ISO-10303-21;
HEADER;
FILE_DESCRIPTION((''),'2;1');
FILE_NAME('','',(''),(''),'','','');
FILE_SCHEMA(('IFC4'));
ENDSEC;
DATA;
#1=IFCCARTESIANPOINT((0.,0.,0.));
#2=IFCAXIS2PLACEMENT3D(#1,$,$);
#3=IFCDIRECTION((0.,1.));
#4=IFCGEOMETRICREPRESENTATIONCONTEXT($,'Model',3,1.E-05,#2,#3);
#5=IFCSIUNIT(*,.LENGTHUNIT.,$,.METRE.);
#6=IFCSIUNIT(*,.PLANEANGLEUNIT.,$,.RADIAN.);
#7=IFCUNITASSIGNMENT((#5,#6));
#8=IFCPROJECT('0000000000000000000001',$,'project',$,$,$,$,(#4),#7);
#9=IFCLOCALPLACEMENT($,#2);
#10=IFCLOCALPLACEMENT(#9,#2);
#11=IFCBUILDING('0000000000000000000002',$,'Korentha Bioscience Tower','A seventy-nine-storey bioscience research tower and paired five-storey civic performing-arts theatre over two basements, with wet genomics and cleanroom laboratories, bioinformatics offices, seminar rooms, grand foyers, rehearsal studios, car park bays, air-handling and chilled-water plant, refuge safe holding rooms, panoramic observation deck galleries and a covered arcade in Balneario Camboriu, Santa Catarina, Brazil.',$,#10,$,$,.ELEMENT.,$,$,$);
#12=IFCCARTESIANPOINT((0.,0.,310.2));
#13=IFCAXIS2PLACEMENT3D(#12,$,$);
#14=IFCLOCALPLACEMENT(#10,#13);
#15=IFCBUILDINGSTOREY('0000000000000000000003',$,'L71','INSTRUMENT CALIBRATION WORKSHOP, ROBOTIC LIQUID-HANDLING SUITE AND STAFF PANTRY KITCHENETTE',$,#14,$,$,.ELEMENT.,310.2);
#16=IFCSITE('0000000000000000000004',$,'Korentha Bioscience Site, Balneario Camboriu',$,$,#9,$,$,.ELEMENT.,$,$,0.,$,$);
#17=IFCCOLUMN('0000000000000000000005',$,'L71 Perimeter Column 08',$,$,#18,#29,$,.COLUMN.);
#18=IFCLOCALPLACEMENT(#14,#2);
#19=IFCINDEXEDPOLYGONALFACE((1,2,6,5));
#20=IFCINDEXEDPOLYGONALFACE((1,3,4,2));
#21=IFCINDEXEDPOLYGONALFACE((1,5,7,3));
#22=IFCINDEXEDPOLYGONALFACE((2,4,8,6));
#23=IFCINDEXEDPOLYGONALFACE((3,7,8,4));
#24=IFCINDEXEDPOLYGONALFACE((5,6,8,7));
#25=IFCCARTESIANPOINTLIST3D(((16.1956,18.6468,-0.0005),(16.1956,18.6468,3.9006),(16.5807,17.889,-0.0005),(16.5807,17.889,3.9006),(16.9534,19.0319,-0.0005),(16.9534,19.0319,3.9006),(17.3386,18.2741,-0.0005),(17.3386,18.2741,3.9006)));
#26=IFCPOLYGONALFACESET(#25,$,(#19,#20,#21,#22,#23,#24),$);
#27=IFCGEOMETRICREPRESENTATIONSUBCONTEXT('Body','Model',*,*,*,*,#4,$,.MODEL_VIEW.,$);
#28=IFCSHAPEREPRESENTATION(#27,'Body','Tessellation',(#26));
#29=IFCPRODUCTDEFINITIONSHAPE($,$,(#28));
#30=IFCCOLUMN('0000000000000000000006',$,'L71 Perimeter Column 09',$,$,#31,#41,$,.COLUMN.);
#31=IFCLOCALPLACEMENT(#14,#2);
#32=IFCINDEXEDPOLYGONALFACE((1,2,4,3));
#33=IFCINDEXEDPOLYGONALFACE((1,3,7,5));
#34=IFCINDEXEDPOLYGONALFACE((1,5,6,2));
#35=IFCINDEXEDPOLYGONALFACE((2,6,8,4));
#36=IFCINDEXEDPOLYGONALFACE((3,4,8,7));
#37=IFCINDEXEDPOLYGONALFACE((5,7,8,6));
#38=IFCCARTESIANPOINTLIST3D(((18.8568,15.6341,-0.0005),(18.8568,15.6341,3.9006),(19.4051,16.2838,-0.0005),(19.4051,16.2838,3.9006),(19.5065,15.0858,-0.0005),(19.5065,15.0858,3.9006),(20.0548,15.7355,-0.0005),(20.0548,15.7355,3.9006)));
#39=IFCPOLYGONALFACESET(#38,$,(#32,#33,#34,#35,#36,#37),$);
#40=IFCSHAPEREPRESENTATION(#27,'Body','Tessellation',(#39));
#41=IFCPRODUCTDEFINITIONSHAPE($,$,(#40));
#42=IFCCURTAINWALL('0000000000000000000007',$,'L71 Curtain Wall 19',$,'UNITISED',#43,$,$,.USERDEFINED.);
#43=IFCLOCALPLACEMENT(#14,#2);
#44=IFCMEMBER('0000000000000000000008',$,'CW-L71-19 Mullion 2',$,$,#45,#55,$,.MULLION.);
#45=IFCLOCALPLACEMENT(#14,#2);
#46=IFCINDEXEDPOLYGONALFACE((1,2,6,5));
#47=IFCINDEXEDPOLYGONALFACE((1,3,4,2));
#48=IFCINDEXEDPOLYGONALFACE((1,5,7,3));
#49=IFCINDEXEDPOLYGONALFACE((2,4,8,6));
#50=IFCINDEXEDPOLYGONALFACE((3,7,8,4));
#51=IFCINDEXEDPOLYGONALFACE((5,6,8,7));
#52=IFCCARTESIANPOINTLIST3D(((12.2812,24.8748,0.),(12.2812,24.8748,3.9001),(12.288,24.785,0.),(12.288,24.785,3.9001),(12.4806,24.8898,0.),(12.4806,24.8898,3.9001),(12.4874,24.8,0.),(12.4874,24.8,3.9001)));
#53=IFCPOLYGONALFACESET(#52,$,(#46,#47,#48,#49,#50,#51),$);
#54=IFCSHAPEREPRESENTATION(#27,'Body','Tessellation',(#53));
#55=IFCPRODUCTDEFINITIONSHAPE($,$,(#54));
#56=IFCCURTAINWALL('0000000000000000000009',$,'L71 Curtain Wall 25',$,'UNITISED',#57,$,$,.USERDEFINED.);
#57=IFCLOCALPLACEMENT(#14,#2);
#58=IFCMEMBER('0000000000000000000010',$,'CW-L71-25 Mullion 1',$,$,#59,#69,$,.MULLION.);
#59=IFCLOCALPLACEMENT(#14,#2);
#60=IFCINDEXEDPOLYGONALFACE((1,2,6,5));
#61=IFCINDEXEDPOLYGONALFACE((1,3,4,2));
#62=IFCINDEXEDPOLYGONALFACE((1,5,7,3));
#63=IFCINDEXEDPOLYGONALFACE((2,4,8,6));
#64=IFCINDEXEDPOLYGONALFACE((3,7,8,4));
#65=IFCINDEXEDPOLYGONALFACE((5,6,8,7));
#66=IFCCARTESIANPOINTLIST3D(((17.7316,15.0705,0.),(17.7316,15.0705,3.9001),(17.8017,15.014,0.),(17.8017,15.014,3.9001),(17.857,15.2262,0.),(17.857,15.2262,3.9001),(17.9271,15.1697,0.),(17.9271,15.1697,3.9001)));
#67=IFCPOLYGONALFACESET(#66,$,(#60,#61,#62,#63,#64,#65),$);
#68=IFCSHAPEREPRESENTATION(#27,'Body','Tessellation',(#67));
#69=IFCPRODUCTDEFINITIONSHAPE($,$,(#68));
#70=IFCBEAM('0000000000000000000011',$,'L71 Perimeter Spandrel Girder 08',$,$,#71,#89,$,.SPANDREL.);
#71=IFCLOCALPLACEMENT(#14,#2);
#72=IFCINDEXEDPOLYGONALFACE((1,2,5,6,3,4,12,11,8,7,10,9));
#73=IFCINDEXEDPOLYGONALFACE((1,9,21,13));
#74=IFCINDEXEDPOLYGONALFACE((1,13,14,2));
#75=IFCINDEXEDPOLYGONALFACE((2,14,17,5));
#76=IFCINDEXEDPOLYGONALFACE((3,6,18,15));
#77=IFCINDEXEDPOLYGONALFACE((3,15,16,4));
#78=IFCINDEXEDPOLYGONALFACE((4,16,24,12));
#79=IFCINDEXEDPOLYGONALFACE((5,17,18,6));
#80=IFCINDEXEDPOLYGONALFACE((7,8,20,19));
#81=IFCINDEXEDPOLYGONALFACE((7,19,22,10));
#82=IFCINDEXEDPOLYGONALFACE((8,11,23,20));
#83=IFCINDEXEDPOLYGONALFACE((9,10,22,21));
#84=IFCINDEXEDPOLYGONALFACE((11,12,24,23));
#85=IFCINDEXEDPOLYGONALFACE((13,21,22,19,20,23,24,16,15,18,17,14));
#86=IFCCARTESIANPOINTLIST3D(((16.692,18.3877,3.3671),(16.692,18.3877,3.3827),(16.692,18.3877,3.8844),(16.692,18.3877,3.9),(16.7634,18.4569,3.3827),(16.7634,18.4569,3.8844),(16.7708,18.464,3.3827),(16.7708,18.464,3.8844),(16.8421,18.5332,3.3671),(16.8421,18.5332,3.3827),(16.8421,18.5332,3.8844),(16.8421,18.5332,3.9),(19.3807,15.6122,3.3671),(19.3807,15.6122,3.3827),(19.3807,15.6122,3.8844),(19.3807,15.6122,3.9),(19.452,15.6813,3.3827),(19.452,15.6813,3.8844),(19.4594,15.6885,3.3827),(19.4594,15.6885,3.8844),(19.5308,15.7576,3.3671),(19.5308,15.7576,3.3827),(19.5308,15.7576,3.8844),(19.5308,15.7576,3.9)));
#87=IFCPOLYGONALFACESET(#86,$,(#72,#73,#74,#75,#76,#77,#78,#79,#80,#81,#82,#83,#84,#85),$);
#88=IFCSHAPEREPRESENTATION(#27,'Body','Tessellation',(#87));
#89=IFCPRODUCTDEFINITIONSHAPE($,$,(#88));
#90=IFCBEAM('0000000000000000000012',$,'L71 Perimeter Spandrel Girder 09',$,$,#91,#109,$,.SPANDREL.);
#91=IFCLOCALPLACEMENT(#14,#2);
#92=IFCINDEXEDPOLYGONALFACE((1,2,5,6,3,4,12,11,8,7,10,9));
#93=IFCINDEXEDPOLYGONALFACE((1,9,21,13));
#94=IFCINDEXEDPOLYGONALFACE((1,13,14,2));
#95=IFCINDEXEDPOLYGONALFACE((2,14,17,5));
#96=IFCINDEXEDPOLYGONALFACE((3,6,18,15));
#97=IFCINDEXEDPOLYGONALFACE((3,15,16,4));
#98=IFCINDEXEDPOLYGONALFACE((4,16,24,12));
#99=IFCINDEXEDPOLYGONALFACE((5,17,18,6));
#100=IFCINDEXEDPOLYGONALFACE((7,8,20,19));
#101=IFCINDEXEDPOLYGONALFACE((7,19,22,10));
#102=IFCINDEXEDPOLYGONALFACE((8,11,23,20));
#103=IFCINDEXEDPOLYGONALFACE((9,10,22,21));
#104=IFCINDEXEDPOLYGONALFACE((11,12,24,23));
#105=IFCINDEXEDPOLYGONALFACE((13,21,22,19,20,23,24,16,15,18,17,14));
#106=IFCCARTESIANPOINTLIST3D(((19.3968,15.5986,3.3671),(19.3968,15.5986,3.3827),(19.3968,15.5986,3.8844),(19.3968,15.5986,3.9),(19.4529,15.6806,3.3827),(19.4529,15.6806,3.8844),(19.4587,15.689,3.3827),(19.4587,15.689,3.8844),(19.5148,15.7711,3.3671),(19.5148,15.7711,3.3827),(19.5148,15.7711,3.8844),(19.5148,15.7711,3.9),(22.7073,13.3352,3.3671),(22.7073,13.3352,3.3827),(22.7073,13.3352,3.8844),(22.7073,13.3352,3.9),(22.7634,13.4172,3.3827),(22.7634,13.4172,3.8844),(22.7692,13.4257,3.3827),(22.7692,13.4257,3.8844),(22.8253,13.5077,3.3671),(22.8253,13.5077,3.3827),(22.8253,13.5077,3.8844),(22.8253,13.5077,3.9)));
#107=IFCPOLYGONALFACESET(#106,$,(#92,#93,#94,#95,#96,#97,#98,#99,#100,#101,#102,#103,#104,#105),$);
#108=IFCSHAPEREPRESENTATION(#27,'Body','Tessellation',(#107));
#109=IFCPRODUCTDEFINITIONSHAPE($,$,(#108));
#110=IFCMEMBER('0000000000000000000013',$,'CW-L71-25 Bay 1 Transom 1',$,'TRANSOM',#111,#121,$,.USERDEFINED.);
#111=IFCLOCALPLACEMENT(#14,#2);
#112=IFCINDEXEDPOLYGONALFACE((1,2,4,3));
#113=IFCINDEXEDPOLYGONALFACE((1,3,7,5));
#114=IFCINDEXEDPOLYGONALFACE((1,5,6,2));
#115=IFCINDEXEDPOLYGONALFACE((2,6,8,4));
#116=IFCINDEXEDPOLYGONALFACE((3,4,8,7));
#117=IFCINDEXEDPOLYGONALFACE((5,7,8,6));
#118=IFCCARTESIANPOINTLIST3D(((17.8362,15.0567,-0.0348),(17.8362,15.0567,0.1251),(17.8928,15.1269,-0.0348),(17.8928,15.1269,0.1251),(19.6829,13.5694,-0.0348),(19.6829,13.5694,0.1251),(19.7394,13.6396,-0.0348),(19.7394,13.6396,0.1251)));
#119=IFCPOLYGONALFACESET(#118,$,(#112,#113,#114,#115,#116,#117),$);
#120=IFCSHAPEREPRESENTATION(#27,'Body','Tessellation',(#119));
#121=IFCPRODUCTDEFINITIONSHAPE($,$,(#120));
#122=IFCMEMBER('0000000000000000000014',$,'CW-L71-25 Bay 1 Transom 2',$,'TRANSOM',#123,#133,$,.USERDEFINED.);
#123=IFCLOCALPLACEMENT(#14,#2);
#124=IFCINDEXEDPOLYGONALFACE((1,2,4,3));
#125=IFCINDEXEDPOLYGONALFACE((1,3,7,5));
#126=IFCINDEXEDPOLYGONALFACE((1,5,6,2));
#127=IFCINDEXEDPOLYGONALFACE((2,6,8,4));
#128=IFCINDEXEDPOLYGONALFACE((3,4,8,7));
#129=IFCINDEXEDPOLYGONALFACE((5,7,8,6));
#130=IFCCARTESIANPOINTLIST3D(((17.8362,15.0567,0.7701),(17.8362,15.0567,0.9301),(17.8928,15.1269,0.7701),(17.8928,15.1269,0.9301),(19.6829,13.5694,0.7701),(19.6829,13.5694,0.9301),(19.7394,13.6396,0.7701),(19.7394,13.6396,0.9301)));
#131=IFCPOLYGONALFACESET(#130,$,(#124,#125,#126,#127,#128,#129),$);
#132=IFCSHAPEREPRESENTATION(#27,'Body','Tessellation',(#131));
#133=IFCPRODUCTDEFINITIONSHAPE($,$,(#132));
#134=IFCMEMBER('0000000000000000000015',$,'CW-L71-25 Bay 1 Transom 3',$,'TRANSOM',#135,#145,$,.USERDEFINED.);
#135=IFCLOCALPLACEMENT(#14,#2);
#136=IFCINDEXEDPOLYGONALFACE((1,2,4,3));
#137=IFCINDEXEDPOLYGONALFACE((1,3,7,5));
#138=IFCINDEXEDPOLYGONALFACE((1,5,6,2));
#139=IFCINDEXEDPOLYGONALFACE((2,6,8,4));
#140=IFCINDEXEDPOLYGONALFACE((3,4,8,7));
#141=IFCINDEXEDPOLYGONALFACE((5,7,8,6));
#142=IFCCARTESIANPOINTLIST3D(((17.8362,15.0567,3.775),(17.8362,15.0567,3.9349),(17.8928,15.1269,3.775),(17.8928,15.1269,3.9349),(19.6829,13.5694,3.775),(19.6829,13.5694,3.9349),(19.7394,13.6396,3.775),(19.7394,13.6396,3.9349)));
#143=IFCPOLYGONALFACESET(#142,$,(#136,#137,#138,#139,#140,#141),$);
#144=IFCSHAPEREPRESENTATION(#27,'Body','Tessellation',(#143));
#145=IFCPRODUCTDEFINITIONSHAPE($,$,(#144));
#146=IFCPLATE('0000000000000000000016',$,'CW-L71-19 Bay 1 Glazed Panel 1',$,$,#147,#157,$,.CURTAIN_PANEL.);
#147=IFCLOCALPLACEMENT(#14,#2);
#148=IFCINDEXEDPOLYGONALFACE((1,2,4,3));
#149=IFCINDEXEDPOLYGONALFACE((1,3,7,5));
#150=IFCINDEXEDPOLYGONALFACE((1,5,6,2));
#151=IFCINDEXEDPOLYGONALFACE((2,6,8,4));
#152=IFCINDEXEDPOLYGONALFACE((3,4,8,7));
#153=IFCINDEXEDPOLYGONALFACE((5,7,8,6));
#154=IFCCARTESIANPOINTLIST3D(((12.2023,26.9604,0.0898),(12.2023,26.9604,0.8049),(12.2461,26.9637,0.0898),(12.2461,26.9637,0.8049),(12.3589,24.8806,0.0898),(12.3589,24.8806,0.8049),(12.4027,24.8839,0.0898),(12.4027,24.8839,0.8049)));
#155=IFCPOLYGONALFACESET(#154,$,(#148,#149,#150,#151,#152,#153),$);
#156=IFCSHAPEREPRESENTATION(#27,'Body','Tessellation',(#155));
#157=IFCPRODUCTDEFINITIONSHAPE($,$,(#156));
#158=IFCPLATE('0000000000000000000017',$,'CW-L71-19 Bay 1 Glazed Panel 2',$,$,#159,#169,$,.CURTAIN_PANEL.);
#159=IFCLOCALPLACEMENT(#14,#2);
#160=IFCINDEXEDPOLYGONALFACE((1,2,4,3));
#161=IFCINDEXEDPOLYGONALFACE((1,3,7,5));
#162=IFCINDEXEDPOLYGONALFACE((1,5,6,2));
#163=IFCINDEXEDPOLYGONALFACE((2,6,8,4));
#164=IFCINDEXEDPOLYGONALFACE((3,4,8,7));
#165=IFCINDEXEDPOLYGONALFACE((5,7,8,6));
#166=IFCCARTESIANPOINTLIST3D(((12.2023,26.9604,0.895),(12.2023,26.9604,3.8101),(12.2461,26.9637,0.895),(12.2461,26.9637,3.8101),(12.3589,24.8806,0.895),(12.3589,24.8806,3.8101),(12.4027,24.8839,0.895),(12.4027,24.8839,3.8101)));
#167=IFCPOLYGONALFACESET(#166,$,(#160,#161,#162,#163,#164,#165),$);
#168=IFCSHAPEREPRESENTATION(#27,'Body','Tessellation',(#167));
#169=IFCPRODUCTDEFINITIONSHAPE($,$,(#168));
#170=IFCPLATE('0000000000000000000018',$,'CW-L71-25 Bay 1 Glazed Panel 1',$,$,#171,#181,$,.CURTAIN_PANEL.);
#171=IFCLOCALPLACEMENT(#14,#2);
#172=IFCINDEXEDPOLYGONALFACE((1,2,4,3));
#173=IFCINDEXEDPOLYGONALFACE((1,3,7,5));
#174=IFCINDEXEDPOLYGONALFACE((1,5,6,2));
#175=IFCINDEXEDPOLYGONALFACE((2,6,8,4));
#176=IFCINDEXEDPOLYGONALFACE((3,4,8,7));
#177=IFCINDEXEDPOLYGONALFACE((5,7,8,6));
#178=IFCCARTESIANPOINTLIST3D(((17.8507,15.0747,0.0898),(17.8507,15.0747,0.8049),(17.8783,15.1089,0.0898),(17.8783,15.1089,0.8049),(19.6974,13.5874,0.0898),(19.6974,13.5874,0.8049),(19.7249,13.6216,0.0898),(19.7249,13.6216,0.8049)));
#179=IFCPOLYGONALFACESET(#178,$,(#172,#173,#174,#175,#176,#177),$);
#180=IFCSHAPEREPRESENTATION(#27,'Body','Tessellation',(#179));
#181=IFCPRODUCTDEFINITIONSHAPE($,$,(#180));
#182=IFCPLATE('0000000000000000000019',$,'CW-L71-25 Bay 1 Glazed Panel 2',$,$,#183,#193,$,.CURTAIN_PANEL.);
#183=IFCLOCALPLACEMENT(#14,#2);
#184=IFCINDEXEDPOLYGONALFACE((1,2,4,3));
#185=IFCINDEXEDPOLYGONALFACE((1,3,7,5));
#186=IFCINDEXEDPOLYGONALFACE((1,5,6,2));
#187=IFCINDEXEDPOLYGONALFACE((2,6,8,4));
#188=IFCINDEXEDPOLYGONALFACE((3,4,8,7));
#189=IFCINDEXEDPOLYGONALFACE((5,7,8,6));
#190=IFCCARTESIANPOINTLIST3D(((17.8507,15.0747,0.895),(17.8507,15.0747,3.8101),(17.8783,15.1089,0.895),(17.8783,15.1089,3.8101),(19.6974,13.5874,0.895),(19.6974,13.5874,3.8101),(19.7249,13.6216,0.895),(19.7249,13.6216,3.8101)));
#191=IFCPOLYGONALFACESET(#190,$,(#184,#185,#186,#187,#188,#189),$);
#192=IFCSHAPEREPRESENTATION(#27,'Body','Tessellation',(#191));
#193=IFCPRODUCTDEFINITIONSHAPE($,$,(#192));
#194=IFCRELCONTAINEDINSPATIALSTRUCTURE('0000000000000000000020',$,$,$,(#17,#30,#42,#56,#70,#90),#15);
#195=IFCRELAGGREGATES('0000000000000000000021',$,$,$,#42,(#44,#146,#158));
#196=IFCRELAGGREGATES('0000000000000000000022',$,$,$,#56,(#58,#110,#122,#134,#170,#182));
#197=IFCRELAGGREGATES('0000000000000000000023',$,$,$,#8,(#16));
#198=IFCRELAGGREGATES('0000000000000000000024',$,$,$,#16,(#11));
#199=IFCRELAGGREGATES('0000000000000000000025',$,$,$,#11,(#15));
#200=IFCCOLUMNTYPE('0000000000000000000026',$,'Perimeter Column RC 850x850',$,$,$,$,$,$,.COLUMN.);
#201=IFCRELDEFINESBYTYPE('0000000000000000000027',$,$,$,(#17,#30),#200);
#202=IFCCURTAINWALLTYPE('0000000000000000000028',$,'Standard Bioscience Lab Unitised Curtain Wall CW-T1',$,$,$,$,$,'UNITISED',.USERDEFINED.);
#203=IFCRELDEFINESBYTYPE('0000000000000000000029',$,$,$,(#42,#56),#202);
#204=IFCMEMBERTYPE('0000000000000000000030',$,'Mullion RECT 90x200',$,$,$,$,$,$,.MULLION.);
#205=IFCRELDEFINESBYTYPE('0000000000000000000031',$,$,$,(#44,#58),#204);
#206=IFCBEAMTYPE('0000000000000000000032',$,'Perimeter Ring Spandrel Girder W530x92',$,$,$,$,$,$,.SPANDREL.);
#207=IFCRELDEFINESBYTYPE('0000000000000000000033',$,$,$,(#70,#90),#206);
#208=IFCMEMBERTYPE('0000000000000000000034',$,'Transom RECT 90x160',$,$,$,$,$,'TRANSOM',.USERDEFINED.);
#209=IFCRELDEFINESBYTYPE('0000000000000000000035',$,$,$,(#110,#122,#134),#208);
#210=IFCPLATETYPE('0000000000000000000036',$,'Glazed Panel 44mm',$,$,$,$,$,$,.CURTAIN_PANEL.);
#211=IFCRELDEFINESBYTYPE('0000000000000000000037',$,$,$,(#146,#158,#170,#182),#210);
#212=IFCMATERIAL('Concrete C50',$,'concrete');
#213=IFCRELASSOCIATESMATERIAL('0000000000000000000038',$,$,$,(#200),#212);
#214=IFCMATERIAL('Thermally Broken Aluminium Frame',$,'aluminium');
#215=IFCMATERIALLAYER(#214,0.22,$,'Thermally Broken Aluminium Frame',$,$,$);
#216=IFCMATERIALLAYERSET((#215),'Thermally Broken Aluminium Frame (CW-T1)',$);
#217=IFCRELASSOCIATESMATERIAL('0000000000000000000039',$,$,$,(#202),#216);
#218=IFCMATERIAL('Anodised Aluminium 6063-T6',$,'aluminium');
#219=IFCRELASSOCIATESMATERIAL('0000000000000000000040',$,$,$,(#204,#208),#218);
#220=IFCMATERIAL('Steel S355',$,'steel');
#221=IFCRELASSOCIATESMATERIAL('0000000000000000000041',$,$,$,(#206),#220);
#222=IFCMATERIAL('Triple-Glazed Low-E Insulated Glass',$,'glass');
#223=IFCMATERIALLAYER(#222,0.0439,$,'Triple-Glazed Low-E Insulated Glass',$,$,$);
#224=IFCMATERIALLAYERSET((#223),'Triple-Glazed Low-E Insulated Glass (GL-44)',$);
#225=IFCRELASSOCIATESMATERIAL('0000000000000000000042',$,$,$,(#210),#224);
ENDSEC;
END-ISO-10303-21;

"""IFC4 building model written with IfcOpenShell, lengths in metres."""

from ifc_helpers import new_model, si_unit, direction, frame, origin, origin_2d, place, context, subcontext, project, spatial, rectangle, i_section, extrude, material, layer, layer_set, material_profile, profile_set, type_object, element, aggregate, save


model = new_model("IFC4")

# Units and contexts
model_context = context("Model", 3, precision=1e-05, world=origin(), true_north=direction((0.0, 1.0)))
body_context = subcontext(model_context, "Body", "Model", "MODEL_VIEW")
ifc_project = project(units=[si_unit("LENGTHUNIT", "METRE"), si_unit("PLANEANGLEUNIT", "RADIAN")], contexts=[model_context])

# Site, building, storey
site_placement = place(None, origin())
site = spatial("IfcSite", under=ifc_project, at=site_placement, Name="Korentha Bioscience Site, Balneario Camboriu", CompositionType="ELEMENT", RefElevation=0.0)
building_placement = place(site_placement, origin())
building = spatial("IfcBuilding", under=site, at=building_placement, Name="Korentha Bioscience Tower", Description="A seventy-nine-storey bioscience research tower and paired five-storey civic performing-arts theatre over two basements, with wet genomics and cleanroom laboratories, bioinformatics offices, seminar rooms, grand foyers, rehearsal studios, car park bays, air-handling and chilled-water plant, refuge safe holding rooms, panoramic observation deck galleries and a covered arcade in Balneario Camboriu, Santa Catarina, Brazil.", CompositionType="ELEMENT")
storey_placement = place(building_placement, frame((0.0, 0.0, 310.2)))
storey = spatial("IfcBuildingStorey", under=building, at=storey_placement, Name="L71", Description="INSTRUMENT CALIBRATION WORKSHOP, ROBOTIC LIQUID-HANDLING SUITE AND STAFF PANTRY KITCHENETTE", CompositionType="ELEMENT", Elevation=310.2)

# Columns
ifc_material_1 = material(Name="Concrete C50", Category="concrete")
ifc_material_profile_1 = material_profile(ifc_material_1, rectangle(XDim=0.8501, YDim=0.8501, at=origin_2d()), Name="Concrete C50")
ifc_profile_set_1 = profile_set([ifc_material_profile_1], Name="Concrete C50 (COL-P08)")
column_type = type_object("IfcColumnType", Name="Perimeter Column RC 850x850", PredefinedType="COLUMN", material=ifc_profile_set_1)
for number, where, z_axis, x_axis, name in (
    (1, (16.7671, 18.4604, -0.0005), (0.0, 0.0, 1.0), (-0.453057, 0.891481, 0.0), "L71 Perimeter Column 08"),
    (2, (19.4558, 15.6848, -0.0005), (0.0, 0.0, 1.0), (-0.764246, 0.644924, 0.0), "L71 Perimeter Column 09"),
):
    element("IfcColumn", number, at=place(storey_placement, frame(where, z_axis=z_axis, x_axis=x_axis)), inside=storey, type_object=column_type, Name=name, PredefinedType="COLUMN", context=body_context, shape_type="SweptSolid", body=[
        extrude(rectangle(XDim=0.8501, YDim=0.8501, at=origin_2d()), origin(), (0.0, 0.0, 1.0), 3.9011),
    ])

# Curtain walls, members
ifc_material_2 = material(Name="Thermally Broken Aluminium Frame", Category="aluminium")
ifc_layer_1 = layer(ifc_material_2, 0.22, Name="Thermally Broken Aluminium Frame")
ifc_layer_set_1 = layer_set([ifc_layer_1], Name="Thermally Broken Aluminium Frame (CW-T1)")
curtain_wall_type = type_object("IfcCurtainWallType", Name="Standard Bioscience Lab Unitised Curtain Wall CW-T1", ElementType="UNITISED", PredefinedType="USERDEFINED", material=ifc_layer_set_1)
curtain_wall_1_placement = place(storey_placement, origin())
curtain_wall_1 = element("IfcCurtainWall", 3, at=curtain_wall_1_placement, inside=storey, type_object=curtain_wall_type, Name="L71 Curtain Wall 19", ObjectType="UNITISED", PredefinedType="USERDEFINED")
ifc_material_3 = material(Name="Anodised Aluminium 6063-T6", Category="aluminium")
ifc_material_profile_2 = material_profile(ifc_material_3, rectangle(XDim=0.0901, YDim=0.2, at=origin_2d()), Name="Anodised Aluminium 6063-T6")
ifc_profile_set_2 = profile_set([ifc_material_profile_2], Name="Anodised Aluminium 6063-T6 (CW-MUL)")
member_type_1 = type_object("IfcMemberType", Name="Mullion RECT 90x200", PredefinedType="MULLION", material=ifc_profile_set_2)
member_1_placement = place(storey_placement, frame((12.3843, 24.8374, 0.0), z_axis=(0.0, 0.0, 1.0), x_axis=(0.075073, -0.997178, 0.0)))
member_1 = element("IfcMember", 4, at=member_1_placement, type_object=member_type_1, Name="CW-L71-19 Mullion 2", PredefinedType="MULLION", context=body_context, shape_type="SweptSolid", body=[
    extrude(rectangle(XDim=0.0901, YDim=0.2, at=origin_2d()), origin(), (0.0, 0.0, 1.0), 3.9001),
])
curtain_wall_2_placement = place(storey_placement, origin())
curtain_wall_2 = element("IfcCurtainWall", 5, at=curtain_wall_2_placement, inside=storey, type_object=curtain_wall_type, Name="L71 Curtain Wall 25", ObjectType="UNITISED", PredefinedType="USERDEFINED")
member_2_placement = place(storey_placement, frame((17.8293, 15.1201, 0.0), z_axis=(0.0, 0.0, 1.0), x_axis=(0.778807, -0.627264, 0.0)))
member_2 = element("IfcMember", 6, at=member_2_placement, type_object=member_type_1, Name="CW-L71-25 Mullion 1", PredefinedType="MULLION", context=body_context, shape_type="SweptSolid", body=[
    extrude(rectangle(XDim=0.0901, YDim=0.2, at=origin_2d()), origin(), (0.0, 0.0, 1.0), 3.9001),
])

# Beams
ifc_material_4 = material(Name="Steel S355", Category="steel")
ifc_material_profile_3 = material_profile(ifc_material_4, i_section(OverallWidth=0.209, OverallDepth=0.533, WebThickness=0.0103, FlangeThickness=0.0156, at=origin_2d()), Name="Steel S355")
ifc_profile_set_3 = profile_set([ifc_material_profile_3], Name="Steel S355 (SB-530)")
beam_type = type_object("IfcBeamType", Name="Perimeter Ring Spandrel Girder W530x92", PredefinedType="SPANDREL", material=ifc_profile_set_3)
beam_1_placement = place(storey_placement, frame((16.7671, 18.4604, 3.6335), z_axis=(0.695772, -0.718263, 0.0), x_axis=(0.718263, 0.695772, 0.0)))
element("IfcBeam", 7, at=beam_1_placement, inside=storey, type_object=beam_type, Name="L71 Perimeter Spandrel Girder 08", PredefinedType="SPANDREL", context=body_context, shape_type="SweptSolid", body=[
    extrude(i_section(OverallWidth=0.209, OverallDepth=0.533, WebThickness=0.0103, FlangeThickness=0.0156, at=origin_2d()), origin(), (0.0, 0.0, 1.0), 3.8643),
])
beam_2_placement = place(storey_placement, frame((19.4558, 15.6848, 3.6335), z_axis=(0.825503, -0.564398, 0.0), x_axis=(0.564398, 0.825503, 0.0)))
element("IfcBeam", 8, at=beam_2_placement, inside=storey, type_object=beam_type, Name="L71 Perimeter Spandrel Girder 09", PredefinedType="SPANDREL", context=body_context, shape_type="SweptSolid", body=[
    extrude(i_section(OverallWidth=0.209, OverallDepth=0.533, WebThickness=0.0103, FlangeThickness=0.0156, at=origin_2d()), origin(), (0.0, 0.0, 1.0), 4.0103),
])

# Members
ifc_material_profile_4 = material_profile(ifc_material_3, rectangle(XDim=0.0901, YDim=0.1599, at=origin_2d()), Name="Anodised Aluminium 6063-T6")
ifc_profile_set_4 = profile_set([ifc_material_profile_4], Name="Anodised Aluminium 6063-T6 (CW-TRN)")
member_type_2 = type_object("IfcMemberType", Name="Transom RECT 90x160", ElementType="TRANSOM", PredefinedType="USERDEFINED", material=ifc_profile_set_4)
member_3_placement = place(storey_placement, frame((17.8645, 15.0918, 0.0452), z_axis=(0.778815, -0.627253, 0.0), x_axis=(0.627253, 0.778815, 0.0)))
member_3 = element("IfcMember", 9, at=member_3_placement, type_object=member_type_2, Name="CW-L71-25 Bay 1 Transom 1", ObjectType="TRANSOM", PredefinedType="USERDEFINED", context=body_context, shape_type="SweptSolid", body=[
    extrude(rectangle(XDim=0.0901, YDim=0.1599, at=origin_2d()), origin(), (0.0, 0.0, 1.0), 2.3711),
])
member_4_placement = place(storey_placement, frame((17.8645, 15.0918, 0.8501), z_axis=(0.778815, -0.627253, 0.0), x_axis=(0.627253, 0.778815, 0.0)))
member_4 = element("IfcMember", 10, at=member_4_placement, type_object=member_type_2, Name="CW-L71-25 Bay 1 Transom 2", ObjectType="TRANSOM", PredefinedType="USERDEFINED", context=body_context, shape_type="SweptSolid", body=[
    extrude(rectangle(XDim=0.0901, YDim=0.1599, at=origin_2d()), origin(), (0.0, 0.0, 1.0), 2.3711),
])
member_5_placement = place(storey_placement, frame((17.8645, 15.0918, 3.855), z_axis=(0.778815, -0.627253, 0.0), x_axis=(0.627253, 0.778815, 0.0)))
member_5 = element("IfcMember", 11, at=member_5_placement, type_object=member_type_2, Name="CW-L71-25 Bay 1 Transom 3", ObjectType="TRANSOM", PredefinedType="USERDEFINED", context=body_context, shape_type="SweptSolid", body=[
    extrude(rectangle(XDim=0.0901, YDim=0.1599, at=origin_2d()), origin(), (0.0, 0.0, 1.0), 2.3711),
])

# Plates
ifc_material_5 = material(Name="Triple-Glazed Low-E Insulated Glass", Category="glass")
ifc_layer_2 = layer(ifc_material_5, 0.0439, Name="Triple-Glazed Low-E Insulated Glass")
ifc_layer_set_2 = layer_set([ifc_layer_2], Name="Triple-Glazed Low-E Insulated Glass (GL-44)")
plate_type = type_object("IfcPlateType", Name="Glazed Panel 44mm", PredefinedType="CURTAIN_PANEL", material=ifc_layer_set_2)
plate_1_placement = place(storey_placement, frame((12.3025, 25.9221, 0.0898), z_axis=(0.0, 0.0, 1.0), x_axis=(0.075073, -0.997178, 0.0)))
plate_1 = element("IfcPlate", 12, at=plate_1_placement, type_object=plate_type, Name="CW-L71-19 Bay 1 Glazed Panel 1", PredefinedType="CURTAIN_PANEL", context=body_context, shape_type="SweptSolid", body=[
    extrude(rectangle(XDim=2.0857, YDim=0.0439, at=origin_2d()), origin(), (0.0, 0.0, 1.0), 0.7151),
])
plate_2_placement = place(storey_placement, frame((12.3025, 25.9221, 0.895), z_axis=(0.0, 0.0, 1.0), x_axis=(0.075073, -0.997178, 0.0)))
plate_2 = element("IfcPlate", 13, at=plate_2_placement, type_object=plate_type, Name="CW-L71-19 Bay 1 Glazed Panel 2", PredefinedType="CURTAIN_PANEL", context=body_context, shape_type="SweptSolid", body=[
    extrude(rectangle(XDim=2.0857, YDim=0.0439, at=origin_2d()), origin(), (0.0, 0.0, 1.0), 2.915),
])
aggregate(curtain_wall_1, [member_1, plate_1, plate_2])
plate_3_placement = place(storey_placement, frame((18.7878, 14.3481, 0.0898), z_axis=(0.0, 0.0, 1.0), x_axis=(0.778807, -0.627264, 0.0)))
plate_3 = element("IfcPlate", 14, at=plate_3_placement, type_object=plate_type, Name="CW-L71-25 Bay 1 Glazed Panel 1", PredefinedType="CURTAIN_PANEL", context=body_context, shape_type="SweptSolid", body=[
    extrude(rectangle(XDim=2.3711, YDim=0.0439, at=origin_2d()), origin(), (0.0, 0.0, 1.0), 0.7151),
])
plate_4_placement = place(storey_placement, frame((18.7878, 14.3481, 0.895), z_axis=(0.0, 0.0, 1.0), x_axis=(0.778807, -0.627264, 0.0)))
plate_4 = element("IfcPlate", 15, at=plate_4_placement, type_object=plate_type, Name="CW-L71-25 Bay 1 Glazed Panel 2", PredefinedType="CURTAIN_PANEL", context=body_context, shape_type="SweptSolid", body=[
    extrude(rectangle(XDim=2.3711, YDim=0.0439, at=origin_2d()), origin(), (0.0, 0.0, 1.0), 2.915),
])
aggregate(curtain_wall_2, [member_2, member_3, member_4, member_5, plate_3, plate_4])

save(model, "model.ifc")
